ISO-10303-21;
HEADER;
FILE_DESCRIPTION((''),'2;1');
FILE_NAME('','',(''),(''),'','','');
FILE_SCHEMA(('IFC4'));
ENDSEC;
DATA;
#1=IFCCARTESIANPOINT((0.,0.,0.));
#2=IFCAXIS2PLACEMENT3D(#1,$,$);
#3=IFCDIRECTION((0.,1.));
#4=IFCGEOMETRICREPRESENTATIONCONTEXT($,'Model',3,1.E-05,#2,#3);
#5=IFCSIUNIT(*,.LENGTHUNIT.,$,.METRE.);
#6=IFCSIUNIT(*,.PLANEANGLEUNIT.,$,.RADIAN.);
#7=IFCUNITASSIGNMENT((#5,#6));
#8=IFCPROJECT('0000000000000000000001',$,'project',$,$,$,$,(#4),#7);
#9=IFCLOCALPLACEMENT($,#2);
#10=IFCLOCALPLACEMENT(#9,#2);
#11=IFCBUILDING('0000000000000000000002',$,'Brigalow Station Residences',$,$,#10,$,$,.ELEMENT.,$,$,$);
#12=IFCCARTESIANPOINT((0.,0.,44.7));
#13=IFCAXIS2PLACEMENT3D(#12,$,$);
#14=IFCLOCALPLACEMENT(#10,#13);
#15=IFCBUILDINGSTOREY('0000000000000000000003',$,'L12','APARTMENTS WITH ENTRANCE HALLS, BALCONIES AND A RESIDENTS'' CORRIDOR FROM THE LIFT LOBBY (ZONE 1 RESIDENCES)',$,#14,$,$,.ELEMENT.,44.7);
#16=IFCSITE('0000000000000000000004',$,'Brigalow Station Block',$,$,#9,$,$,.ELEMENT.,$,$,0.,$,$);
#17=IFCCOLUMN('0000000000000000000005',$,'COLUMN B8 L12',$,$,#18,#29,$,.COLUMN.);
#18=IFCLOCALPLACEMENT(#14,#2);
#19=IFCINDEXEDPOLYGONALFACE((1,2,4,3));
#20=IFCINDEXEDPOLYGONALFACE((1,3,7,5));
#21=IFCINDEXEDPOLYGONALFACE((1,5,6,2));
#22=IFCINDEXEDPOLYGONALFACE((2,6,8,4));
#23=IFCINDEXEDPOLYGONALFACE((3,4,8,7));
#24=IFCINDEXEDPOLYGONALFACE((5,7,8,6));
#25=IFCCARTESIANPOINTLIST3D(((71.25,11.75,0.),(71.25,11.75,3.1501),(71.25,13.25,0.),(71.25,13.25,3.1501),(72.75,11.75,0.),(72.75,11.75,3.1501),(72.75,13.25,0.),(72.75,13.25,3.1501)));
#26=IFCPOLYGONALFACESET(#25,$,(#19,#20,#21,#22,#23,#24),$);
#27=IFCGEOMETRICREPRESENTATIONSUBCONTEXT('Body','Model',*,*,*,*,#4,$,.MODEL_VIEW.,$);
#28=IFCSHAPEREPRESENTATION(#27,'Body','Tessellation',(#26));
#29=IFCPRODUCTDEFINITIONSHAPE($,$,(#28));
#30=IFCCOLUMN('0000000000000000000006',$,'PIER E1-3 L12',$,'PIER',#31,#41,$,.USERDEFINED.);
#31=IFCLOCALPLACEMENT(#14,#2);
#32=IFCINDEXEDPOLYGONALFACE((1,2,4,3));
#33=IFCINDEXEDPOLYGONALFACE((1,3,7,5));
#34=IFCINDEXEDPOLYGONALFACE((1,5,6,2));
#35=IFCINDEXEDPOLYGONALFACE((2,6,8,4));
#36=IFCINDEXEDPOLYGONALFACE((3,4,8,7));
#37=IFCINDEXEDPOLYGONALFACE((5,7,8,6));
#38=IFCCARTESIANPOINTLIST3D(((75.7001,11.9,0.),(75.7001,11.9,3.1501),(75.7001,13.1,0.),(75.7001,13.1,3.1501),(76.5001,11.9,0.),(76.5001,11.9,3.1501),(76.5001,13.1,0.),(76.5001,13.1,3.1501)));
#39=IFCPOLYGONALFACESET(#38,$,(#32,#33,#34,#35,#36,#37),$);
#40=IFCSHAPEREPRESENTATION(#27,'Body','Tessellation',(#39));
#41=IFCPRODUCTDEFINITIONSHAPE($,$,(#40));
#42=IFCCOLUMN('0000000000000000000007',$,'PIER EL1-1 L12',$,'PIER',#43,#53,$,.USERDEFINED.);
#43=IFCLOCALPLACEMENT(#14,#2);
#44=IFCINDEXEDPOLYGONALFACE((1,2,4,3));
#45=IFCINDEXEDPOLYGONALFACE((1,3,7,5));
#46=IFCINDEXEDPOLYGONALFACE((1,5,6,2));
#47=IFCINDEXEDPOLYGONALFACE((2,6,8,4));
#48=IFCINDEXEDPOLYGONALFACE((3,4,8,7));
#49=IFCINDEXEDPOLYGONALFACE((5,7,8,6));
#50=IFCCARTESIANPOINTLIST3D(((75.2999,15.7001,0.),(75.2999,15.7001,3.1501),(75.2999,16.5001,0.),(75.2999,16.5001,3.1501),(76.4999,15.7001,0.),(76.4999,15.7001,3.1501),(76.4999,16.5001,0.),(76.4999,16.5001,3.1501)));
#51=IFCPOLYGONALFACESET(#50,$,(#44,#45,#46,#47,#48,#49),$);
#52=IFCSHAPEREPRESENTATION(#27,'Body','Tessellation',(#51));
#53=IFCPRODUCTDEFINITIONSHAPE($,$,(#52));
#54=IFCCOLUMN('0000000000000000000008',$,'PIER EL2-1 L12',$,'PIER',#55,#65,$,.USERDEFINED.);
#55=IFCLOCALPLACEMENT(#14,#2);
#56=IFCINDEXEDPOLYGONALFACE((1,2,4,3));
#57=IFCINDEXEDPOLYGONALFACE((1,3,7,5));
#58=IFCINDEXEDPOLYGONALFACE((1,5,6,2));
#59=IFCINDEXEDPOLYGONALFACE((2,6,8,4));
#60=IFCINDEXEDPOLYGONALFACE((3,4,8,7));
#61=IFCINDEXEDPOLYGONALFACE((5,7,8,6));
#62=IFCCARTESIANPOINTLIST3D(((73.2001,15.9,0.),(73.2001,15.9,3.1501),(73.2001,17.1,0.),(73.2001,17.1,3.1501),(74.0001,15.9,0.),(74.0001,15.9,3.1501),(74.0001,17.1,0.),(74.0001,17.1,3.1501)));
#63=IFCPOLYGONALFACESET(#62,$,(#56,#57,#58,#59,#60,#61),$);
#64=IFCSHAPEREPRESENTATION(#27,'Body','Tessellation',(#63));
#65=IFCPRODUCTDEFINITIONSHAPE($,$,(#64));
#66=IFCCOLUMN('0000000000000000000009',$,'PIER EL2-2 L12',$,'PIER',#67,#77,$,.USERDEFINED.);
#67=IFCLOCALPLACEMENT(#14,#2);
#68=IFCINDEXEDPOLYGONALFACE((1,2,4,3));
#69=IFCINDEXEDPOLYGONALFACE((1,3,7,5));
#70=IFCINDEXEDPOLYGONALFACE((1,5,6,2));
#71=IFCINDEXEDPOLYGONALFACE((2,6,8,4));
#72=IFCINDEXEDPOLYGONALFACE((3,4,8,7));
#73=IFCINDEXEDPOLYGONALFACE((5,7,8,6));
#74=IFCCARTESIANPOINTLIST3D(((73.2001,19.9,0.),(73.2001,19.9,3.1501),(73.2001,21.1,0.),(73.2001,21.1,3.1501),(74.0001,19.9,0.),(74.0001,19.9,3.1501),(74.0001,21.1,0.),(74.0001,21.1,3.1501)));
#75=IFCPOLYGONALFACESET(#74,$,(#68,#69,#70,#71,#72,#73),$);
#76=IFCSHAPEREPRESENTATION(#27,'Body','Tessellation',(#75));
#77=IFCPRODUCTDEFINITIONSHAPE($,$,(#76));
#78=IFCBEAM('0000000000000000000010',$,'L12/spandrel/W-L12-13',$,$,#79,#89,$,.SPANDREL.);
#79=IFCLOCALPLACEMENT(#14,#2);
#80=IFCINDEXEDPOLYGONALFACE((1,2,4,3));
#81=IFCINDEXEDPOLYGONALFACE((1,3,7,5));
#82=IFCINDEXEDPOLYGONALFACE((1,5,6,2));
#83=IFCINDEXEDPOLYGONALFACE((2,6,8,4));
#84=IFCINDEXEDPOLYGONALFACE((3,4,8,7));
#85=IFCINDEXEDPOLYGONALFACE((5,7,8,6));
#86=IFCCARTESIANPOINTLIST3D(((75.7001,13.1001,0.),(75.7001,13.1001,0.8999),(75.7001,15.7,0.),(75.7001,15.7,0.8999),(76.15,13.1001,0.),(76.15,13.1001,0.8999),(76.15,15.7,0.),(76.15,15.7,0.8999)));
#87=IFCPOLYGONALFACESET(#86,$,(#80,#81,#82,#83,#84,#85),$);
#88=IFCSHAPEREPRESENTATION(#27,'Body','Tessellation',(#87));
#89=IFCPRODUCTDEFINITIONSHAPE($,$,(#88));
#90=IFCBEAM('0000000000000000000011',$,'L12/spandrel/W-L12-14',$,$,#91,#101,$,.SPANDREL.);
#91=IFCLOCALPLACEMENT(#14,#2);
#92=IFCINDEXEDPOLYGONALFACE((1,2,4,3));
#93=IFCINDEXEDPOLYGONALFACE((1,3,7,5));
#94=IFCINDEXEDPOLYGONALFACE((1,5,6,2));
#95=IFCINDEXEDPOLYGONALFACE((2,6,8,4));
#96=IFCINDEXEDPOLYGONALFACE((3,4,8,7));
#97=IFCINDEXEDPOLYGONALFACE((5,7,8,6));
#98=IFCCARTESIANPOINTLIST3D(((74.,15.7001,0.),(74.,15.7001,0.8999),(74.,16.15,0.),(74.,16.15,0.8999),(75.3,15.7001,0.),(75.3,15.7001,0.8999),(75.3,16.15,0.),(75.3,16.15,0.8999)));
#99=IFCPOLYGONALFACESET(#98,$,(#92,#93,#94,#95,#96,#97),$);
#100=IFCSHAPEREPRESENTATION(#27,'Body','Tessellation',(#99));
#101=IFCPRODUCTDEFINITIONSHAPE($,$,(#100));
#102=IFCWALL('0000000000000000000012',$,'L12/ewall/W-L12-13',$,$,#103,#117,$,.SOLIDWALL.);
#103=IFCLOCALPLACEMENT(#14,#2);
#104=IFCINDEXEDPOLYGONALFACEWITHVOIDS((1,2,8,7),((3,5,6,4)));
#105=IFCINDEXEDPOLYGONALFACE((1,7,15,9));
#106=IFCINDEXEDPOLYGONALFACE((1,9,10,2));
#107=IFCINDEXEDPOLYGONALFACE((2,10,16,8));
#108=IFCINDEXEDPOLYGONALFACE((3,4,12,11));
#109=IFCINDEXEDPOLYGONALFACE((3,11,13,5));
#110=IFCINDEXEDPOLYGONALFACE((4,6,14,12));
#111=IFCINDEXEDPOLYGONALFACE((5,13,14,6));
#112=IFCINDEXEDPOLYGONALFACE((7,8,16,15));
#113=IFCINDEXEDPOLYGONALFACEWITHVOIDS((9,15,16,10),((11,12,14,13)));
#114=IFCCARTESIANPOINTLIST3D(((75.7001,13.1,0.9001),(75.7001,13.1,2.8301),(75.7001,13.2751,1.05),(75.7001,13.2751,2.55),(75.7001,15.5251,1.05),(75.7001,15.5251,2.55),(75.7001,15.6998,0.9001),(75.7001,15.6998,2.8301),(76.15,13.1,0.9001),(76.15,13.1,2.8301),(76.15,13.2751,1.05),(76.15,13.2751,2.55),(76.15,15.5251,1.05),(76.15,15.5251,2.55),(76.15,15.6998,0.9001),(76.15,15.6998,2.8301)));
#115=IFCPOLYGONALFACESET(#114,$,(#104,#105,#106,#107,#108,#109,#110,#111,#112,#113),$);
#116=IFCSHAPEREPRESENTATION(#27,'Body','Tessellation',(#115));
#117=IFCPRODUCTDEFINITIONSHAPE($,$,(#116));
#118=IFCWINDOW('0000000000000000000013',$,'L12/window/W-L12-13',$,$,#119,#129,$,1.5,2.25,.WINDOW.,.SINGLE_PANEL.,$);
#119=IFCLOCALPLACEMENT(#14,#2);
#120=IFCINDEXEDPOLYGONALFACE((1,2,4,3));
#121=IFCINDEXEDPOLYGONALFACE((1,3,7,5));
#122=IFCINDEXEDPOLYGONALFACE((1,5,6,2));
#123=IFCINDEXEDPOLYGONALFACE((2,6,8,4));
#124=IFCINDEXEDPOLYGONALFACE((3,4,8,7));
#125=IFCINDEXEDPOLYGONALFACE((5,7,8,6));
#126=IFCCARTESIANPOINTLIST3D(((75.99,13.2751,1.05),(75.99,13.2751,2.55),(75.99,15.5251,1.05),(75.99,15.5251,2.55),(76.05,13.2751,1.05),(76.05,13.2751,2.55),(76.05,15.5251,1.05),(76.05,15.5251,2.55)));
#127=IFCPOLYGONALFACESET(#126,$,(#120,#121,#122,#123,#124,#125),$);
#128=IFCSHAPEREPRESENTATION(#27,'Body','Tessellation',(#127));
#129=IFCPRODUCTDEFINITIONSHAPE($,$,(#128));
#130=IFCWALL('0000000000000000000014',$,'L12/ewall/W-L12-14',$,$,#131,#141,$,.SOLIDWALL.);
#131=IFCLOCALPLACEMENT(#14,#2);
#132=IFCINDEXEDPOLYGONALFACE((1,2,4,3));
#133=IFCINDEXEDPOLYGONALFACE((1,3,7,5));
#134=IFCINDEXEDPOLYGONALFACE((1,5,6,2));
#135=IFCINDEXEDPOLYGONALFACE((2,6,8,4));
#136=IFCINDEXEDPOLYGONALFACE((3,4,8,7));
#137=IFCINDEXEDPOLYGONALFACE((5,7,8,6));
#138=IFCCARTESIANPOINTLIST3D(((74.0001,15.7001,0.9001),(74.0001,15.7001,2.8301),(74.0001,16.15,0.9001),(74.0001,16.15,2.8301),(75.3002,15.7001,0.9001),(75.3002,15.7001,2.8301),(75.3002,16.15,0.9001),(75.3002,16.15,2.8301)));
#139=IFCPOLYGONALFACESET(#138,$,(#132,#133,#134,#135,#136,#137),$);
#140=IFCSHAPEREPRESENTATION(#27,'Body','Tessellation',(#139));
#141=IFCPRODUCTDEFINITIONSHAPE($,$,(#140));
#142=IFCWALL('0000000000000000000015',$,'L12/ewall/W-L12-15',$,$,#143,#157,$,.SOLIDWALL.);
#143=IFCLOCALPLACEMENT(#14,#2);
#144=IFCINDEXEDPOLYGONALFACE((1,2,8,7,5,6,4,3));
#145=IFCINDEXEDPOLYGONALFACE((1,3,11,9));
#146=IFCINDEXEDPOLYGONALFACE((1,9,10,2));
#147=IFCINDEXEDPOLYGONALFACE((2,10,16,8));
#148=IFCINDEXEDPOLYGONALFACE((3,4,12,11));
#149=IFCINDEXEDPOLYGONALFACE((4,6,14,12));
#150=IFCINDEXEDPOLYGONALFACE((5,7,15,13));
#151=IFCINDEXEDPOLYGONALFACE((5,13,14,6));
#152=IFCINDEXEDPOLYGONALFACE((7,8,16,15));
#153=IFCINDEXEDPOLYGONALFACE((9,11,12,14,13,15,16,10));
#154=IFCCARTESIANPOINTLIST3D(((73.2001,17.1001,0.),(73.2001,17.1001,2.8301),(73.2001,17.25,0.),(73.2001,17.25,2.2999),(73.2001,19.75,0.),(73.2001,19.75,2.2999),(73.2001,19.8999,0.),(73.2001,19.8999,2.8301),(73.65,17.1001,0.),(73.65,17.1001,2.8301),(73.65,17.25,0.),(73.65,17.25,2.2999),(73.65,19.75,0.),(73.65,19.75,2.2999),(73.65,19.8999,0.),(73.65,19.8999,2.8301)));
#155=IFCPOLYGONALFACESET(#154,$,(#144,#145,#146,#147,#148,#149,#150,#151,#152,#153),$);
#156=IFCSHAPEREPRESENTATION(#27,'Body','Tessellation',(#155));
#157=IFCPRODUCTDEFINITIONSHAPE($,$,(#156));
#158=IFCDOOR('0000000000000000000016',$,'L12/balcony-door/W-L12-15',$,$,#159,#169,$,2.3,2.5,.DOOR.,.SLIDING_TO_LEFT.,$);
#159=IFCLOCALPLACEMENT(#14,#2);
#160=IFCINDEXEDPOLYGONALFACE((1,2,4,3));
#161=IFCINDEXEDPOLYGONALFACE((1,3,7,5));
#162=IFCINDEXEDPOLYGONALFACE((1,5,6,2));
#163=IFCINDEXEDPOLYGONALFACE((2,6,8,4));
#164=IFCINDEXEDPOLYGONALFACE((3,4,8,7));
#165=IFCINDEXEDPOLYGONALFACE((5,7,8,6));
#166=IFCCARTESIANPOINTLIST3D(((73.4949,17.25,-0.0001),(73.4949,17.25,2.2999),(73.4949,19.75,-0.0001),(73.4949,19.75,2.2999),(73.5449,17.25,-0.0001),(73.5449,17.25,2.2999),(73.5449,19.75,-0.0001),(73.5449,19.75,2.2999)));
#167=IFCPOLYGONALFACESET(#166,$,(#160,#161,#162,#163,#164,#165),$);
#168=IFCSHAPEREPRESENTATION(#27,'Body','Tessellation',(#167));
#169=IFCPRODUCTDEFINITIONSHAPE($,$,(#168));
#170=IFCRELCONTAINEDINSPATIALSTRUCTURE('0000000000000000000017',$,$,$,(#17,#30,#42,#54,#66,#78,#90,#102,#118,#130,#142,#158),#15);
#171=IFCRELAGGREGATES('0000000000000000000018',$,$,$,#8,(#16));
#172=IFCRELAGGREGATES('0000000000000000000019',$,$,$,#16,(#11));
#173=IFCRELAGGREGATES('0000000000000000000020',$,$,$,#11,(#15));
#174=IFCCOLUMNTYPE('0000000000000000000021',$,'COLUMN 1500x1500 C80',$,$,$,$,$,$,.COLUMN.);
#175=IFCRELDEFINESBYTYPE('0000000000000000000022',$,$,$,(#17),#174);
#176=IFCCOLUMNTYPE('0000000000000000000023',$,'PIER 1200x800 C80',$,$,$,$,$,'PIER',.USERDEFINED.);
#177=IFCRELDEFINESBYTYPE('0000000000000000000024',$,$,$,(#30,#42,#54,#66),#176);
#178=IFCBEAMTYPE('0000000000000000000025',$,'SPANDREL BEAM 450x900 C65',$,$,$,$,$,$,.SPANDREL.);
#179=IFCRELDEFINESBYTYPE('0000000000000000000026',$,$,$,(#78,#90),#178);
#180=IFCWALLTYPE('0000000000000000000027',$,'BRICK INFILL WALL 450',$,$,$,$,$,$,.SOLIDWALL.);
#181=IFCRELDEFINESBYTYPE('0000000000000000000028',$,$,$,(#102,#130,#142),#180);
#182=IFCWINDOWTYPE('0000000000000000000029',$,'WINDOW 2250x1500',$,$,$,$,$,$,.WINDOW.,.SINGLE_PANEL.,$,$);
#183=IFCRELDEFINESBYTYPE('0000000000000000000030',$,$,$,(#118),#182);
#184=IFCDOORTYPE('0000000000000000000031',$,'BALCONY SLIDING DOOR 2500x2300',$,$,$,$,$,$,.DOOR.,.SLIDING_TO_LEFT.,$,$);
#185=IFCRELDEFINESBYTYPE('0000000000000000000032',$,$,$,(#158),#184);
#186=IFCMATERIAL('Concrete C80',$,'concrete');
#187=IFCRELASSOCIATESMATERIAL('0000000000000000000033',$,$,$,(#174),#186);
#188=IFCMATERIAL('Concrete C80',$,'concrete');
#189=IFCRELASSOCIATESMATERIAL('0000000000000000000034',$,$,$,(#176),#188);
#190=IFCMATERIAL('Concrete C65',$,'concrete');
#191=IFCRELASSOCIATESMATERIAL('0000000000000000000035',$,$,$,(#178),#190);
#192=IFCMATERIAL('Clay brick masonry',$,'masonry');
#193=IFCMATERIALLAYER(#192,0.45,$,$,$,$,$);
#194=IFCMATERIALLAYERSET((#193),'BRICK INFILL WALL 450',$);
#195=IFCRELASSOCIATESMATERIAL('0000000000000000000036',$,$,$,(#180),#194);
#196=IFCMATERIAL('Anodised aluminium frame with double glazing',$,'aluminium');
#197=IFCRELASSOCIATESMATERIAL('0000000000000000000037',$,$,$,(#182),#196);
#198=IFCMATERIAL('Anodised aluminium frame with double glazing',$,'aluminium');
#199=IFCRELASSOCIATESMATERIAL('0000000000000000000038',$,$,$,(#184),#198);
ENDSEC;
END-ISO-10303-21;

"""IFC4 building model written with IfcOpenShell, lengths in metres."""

from ifc_helpers import new_model, si_unit, direction, frame, frame_2d, origin, origin_2d, place, context, subcontext, project, spatial, rectangle, extrude, material, layer, layer_set, material_profile, profile_set, type_object, element, fill, save


model = new_model("IFC4")

# Units and contexts
model_context = context("Model", 3, precision=1e-05, world=origin(), true_north=direction((0.0, 1.0)))
body_context = subcontext(model_context, "Body", "Model", "MODEL_VIEW")
ifc_project = project(units=[si_unit("LENGTHUNIT", "METRE"), si_unit("PLANEANGLEUNIT", "RADIAN")], contexts=[model_context])

# Site, building, storey
site_placement = place(None, origin())
site = spatial("IfcSite", under=ifc_project, at=site_placement, Name="Brigalow Station Block", CompositionType="ELEMENT", RefElevation=0.0)
building_placement = place(site_placement, origin())
building = spatial("IfcBuilding", under=site, at=building_placement, Name="Brigalow Station Residences", CompositionType="ELEMENT")
storey_placement = place(building_placement, frame((0.0, 0.0, 44.7)))
storey = spatial("IfcBuildingStorey", under=building, at=storey_placement, Name="L12", Description="APARTMENTS WITH ENTRANCE HALLS, BALCONIES AND A RESIDENTS' CORRIDOR FROM THE LIFT LOBBY (ZONE 1 RESIDENCES)", CompositionType="ELEMENT", Elevation=44.7)

# Columns
ifc_material_1 = material(Name="Concrete C80", Category="concrete")
ifc_material_profile_1 = material_profile(ifc_material_1, rectangle(XDim=1.5, YDim=1.5, at=origin_2d()), Name="RC1500x1500")
ifc_profile_set_1 = profile_set([ifc_material_profile_1], Name="Concrete C80")
column_type_1 = type_object("IfcColumnType", Name="COLUMN 1500x1500 C80", PredefinedType="COLUMN", material=ifc_profile_set_1)
column_placement = place(storey_placement, frame((72.0, 12.5, 0.0), z_axis=(0.0, 0.0, 1.0), x_axis=(1.0, 0.0, 0.0)))
element("IfcColumn", 1, at=column_placement, inside=storey, type_object=column_type_1, Name="COLUMN B8 L12", PredefinedType="COLUMN", context=body_context, shape_type="SweptSolid", body=[
    extrude(rectangle(XDim=1.5, YDim=1.5, at=origin_2d()), origin(), (0.0, 0.0, 1.0), 3.1501),
])
ifc_material_2 = material(Name="Concrete C80", Category="concrete")
ifc_material_profile_2 = material_profile(ifc_material_2, rectangle(XDim=1.2, YDim=0.8, at=origin_2d()), Name="RC1200x800")
ifc_profile_set_2 = profile_set([ifc_material_profile_2], Name="Concrete C80")
column_type_2 = type_object("IfcColumnType", Name="PIER 1200x800 C80", ElementType="PIER", PredefinedType="USERDEFINED", material=ifc_profile_set_2)
for number, where, z_axis, x_axis, name in (
    (2, (76.1001, 12.5, 0.0), (0.0, 0.0, 1.0), (0.0, 1.0, 0.0), "PIER E1-3 L12"),
    (3, (75.8999, 16.1001, 0.0), (0.0, 0.0, 1.0), (-1.0, 0.0, 0.0), "PIER EL1-1 L12"),
    (4, (73.6001, 16.5, 0.0), (0.0, 0.0, 1.0), (0.0, 1.0, 0.0), "PIER EL2-1 L12"),
    (5, (73.6001, 20.5, 0.0), (0.0, 0.0, 1.0), (0.0, 1.0, 0.0), "PIER EL2-2 L12"),
):
    element("IfcColumn", number, at=place(storey_placement, frame(where, z_axis=z_axis, x_axis=x_axis)), inside=storey, type_object=column_type_2, Name=name, ObjectType="PIER", PredefinedType="USERDEFINED", context=body_context, shape_type="SweptSolid", body=[
        extrude(rectangle(XDim=1.2, YDim=0.8, at=origin_2d()), origin(), (0.0, 0.0, 1.0), 3.1501),
    ])

# Beams
ifc_material_3 = material(Name="Concrete C65", Category="concrete")
ifc_material_profile_3 = material_profile(ifc_material_3, rectangle(XDim=0.45, YDim=0.8999, at=origin_2d()), Name="RC450x900")
ifc_profile_set_3 = profile_set([ifc_material_profile_3], Name="Concrete C65")
beam_type = type_object("IfcBeamType", Name="SPANDREL BEAM 450x900 C65", PredefinedType="SPANDREL", material=ifc_profile_set_3)
beam_1_placement = place(storey_placement, frame((75.925, 13.1001, 0.45), z_axis=(0.0, 1.0, 0.0), x_axis=(-1.0, 0.0, 0.0)))
element("IfcBeam", 6, at=beam_1_placement, inside=storey, type_object=beam_type, Name="L12/spandrel/W-L12-13", PredefinedType="SPANDREL", context=body_context, shape_type="SweptSolid", body=[
    extrude(rectangle(XDim=0.45, YDim=0.8999, at=origin_2d()), origin(), (0.0, 0.0, 1.0), 2.5999),
])
beam_2_placement = place(storey_placement, frame((75.3, 15.925, 0.45), z_axis=(-1.0, 0.0, 0.0), x_axis=(0.0, -1.0, 0.0)))
element("IfcBeam", 7, at=beam_2_placement, inside=storey, type_object=beam_type, Name="L12/spandrel/W-L12-14", PredefinedType="SPANDREL", context=body_context, shape_type="SweptSolid", body=[
    extrude(rectangle(XDim=0.45, YDim=0.8999, at=origin_2d()), origin(), (0.0, 0.0, 1.0), 1.3),
])

# Wall, opening, window
ifc_material_4 = material(Name="Clay brick masonry", Category="masonry")
ifc_layer_1 = layer(ifc_material_4, 0.45)
ifc_layer_set_1 = layer_set([ifc_layer_1], Name="BRICK INFILL WALL 450")
wall_type_1 = type_object("IfcWallType", Name="BRICK INFILL WALL 450", PredefinedType="SOLIDWALL", material=ifc_layer_set_1)
wall_1_placement = place(storey_placement, frame((75.925, 13.1001, 0.9001), z_axis=(0.0, 0.0, 1.0), x_axis=(0.0, 1.0, 0.0)))
wall_1 = element("IfcWall", 8, at=wall_1_placement, inside=storey, type_object=wall_type_1, Name="L12/ewall/W-L12-13", PredefinedType="SOLIDWALL", context=body_context, shape_type="SweptSolid", body=[
    extrude(rectangle(XDim=2.5999, YDim=0.45, at=frame_2d((1.2998, 0.0))), origin(), (0.0, 0.0, 1.0), 1.9299),
])
opening_1_placement = place(wall_1_placement, frame((0.175, 0.0, 0.1499)))
opening_1 = element("IfcOpeningElement", 9, at=opening_1_placement, cuts=wall_1, PredefinedType="OPENING", context=body_context, shape_type="SweptSolid", body=[
    extrude(rectangle(XDim=2.25, YDim=1.5, at=frame_2d((1.125, 0.75))), frame((0.0, 0.2349, 0.0), z_axis=(0.0, -1.0, 0.0), x_axis=(1.0, 0.0, 0.0)), (0.0, 0.0, 1.0), 0.47),
])
ifc_material_5 = material(Name="Anodised aluminium frame with double glazing", Category="aluminium")
window_type = type_object("IfcWindowType", Name="WINDOW 2250x1500", PartitioningType="SINGLE_PANEL", PredefinedType="WINDOW", material=ifc_material_5)
window_placement = place(opening_1_placement, origin())
window = element("IfcWindow", 10, at=window_placement, inside=storey, type_object=window_type, Name="L12/window/W-L12-13", OverallHeight=1.5, OverallWidth=2.25, PartitioningType="SINGLE_PANEL", PredefinedType="WINDOW", context=body_context, shape_type="SweptSolid", body=[
    extrude(rectangle(XDim=2.25, YDim=1.5, at=frame_2d((1.125, 0.75))), frame((0.0, -0.0649, 0.0), z_axis=(0.0, -1.0, 0.0), x_axis=(1.0, 0.0, 0.0)), (0.0, 0.0, 1.0), 0.0601),
])
fill(opening_1, window)

# Wall
wall_2_placement = place(storey_placement, frame((75.3, 15.925, 0.9001), z_axis=(0.0, 0.0, 1.0), x_axis=(-1.0, 0.0, 0.0)))
element("IfcWall", 11, at=wall_2_placement, inside=storey, type_object=wall_type_1, Name="L12/ewall/W-L12-14", PredefinedType="SOLIDWALL", context=body_context, shape_type="SweptSolid", body=[
    extrude(rectangle(XDim=1.3, YDim=0.45, at=frame_2d((0.6499, 0.0))), origin(), (0.0, 0.0, 1.0), 1.9299),
])

# Wall, opening, door
wall_3_placement = place(storey_placement, frame((73.425, 17.1001, 0.0), z_axis=(0.0, 0.0, 1.0), x_axis=(0.0, 1.0, 0.0)))
wall_3 = element("IfcWall", 12, at=wall_3_placement, inside=storey, type_object=wall_type_1, Name="L12/ewall/W-L12-15", PredefinedType="SOLIDWALL", context=body_context, shape_type="SweptSolid", body=[
    extrude(rectangle(XDim=2.7998, YDim=0.45, at=frame_2d((1.3999, 0.0))), origin(), (0.0, 0.0, 1.0), 2.8301),
])
opening_2_placement = place(wall_3_placement, frame((0.1499, 0.0, 0.0)))
opening_2 = element("IfcOpeningElement", 13, at=opening_2_placement, cuts=wall_3, PredefinedType="OPENING", context=body_context, shape_type="SweptSolid", body=[
    extrude(rectangle(XDim=2.5, YDim=2.3, at=frame_2d((1.25, 1.1499))), frame((0.0, 0.2349, 0.0), z_axis=(0.0, -1.0, 0.0), x_axis=(1.0, 0.0, 0.0)), (0.0, 0.0, 1.0), 0.47),
])
ifc_material_6 = material(Name="Anodised aluminium frame with double glazing", Category="aluminium")
door_type_1 = type_object("IfcDoorType", Name="BALCONY SLIDING DOOR 2500x2300", OperationType="SLIDING_TO_LEFT", PredefinedType="DOOR", material=ifc_material_6)
door_1_placement = place(opening_2_placement, origin())
door_1 = element("IfcDoor", 14, at=door_1_placement, inside=storey, type_object=door_type_1, Name="L12/balcony-door/W-L12-15", OperationType="SLIDING_TO_LEFT", OverallHeight=2.3, OverallWidth=2.5, PredefinedType="DOOR", context=body_context, shape_type="SweptSolid", body=[
    extrude(rectangle(XDim=2.5, YDim=2.3, at=frame_2d((1.25, 1.1499))), frame((0.0, -0.0698, 0.0), z_axis=(0.0, -1.0, 0.0), x_axis=(1.0, 0.0, 0.0)), (0.0, 0.0, 1.0), 0.05),
])
fill(opening_2, door_1)

save(model, "model.ifc")
